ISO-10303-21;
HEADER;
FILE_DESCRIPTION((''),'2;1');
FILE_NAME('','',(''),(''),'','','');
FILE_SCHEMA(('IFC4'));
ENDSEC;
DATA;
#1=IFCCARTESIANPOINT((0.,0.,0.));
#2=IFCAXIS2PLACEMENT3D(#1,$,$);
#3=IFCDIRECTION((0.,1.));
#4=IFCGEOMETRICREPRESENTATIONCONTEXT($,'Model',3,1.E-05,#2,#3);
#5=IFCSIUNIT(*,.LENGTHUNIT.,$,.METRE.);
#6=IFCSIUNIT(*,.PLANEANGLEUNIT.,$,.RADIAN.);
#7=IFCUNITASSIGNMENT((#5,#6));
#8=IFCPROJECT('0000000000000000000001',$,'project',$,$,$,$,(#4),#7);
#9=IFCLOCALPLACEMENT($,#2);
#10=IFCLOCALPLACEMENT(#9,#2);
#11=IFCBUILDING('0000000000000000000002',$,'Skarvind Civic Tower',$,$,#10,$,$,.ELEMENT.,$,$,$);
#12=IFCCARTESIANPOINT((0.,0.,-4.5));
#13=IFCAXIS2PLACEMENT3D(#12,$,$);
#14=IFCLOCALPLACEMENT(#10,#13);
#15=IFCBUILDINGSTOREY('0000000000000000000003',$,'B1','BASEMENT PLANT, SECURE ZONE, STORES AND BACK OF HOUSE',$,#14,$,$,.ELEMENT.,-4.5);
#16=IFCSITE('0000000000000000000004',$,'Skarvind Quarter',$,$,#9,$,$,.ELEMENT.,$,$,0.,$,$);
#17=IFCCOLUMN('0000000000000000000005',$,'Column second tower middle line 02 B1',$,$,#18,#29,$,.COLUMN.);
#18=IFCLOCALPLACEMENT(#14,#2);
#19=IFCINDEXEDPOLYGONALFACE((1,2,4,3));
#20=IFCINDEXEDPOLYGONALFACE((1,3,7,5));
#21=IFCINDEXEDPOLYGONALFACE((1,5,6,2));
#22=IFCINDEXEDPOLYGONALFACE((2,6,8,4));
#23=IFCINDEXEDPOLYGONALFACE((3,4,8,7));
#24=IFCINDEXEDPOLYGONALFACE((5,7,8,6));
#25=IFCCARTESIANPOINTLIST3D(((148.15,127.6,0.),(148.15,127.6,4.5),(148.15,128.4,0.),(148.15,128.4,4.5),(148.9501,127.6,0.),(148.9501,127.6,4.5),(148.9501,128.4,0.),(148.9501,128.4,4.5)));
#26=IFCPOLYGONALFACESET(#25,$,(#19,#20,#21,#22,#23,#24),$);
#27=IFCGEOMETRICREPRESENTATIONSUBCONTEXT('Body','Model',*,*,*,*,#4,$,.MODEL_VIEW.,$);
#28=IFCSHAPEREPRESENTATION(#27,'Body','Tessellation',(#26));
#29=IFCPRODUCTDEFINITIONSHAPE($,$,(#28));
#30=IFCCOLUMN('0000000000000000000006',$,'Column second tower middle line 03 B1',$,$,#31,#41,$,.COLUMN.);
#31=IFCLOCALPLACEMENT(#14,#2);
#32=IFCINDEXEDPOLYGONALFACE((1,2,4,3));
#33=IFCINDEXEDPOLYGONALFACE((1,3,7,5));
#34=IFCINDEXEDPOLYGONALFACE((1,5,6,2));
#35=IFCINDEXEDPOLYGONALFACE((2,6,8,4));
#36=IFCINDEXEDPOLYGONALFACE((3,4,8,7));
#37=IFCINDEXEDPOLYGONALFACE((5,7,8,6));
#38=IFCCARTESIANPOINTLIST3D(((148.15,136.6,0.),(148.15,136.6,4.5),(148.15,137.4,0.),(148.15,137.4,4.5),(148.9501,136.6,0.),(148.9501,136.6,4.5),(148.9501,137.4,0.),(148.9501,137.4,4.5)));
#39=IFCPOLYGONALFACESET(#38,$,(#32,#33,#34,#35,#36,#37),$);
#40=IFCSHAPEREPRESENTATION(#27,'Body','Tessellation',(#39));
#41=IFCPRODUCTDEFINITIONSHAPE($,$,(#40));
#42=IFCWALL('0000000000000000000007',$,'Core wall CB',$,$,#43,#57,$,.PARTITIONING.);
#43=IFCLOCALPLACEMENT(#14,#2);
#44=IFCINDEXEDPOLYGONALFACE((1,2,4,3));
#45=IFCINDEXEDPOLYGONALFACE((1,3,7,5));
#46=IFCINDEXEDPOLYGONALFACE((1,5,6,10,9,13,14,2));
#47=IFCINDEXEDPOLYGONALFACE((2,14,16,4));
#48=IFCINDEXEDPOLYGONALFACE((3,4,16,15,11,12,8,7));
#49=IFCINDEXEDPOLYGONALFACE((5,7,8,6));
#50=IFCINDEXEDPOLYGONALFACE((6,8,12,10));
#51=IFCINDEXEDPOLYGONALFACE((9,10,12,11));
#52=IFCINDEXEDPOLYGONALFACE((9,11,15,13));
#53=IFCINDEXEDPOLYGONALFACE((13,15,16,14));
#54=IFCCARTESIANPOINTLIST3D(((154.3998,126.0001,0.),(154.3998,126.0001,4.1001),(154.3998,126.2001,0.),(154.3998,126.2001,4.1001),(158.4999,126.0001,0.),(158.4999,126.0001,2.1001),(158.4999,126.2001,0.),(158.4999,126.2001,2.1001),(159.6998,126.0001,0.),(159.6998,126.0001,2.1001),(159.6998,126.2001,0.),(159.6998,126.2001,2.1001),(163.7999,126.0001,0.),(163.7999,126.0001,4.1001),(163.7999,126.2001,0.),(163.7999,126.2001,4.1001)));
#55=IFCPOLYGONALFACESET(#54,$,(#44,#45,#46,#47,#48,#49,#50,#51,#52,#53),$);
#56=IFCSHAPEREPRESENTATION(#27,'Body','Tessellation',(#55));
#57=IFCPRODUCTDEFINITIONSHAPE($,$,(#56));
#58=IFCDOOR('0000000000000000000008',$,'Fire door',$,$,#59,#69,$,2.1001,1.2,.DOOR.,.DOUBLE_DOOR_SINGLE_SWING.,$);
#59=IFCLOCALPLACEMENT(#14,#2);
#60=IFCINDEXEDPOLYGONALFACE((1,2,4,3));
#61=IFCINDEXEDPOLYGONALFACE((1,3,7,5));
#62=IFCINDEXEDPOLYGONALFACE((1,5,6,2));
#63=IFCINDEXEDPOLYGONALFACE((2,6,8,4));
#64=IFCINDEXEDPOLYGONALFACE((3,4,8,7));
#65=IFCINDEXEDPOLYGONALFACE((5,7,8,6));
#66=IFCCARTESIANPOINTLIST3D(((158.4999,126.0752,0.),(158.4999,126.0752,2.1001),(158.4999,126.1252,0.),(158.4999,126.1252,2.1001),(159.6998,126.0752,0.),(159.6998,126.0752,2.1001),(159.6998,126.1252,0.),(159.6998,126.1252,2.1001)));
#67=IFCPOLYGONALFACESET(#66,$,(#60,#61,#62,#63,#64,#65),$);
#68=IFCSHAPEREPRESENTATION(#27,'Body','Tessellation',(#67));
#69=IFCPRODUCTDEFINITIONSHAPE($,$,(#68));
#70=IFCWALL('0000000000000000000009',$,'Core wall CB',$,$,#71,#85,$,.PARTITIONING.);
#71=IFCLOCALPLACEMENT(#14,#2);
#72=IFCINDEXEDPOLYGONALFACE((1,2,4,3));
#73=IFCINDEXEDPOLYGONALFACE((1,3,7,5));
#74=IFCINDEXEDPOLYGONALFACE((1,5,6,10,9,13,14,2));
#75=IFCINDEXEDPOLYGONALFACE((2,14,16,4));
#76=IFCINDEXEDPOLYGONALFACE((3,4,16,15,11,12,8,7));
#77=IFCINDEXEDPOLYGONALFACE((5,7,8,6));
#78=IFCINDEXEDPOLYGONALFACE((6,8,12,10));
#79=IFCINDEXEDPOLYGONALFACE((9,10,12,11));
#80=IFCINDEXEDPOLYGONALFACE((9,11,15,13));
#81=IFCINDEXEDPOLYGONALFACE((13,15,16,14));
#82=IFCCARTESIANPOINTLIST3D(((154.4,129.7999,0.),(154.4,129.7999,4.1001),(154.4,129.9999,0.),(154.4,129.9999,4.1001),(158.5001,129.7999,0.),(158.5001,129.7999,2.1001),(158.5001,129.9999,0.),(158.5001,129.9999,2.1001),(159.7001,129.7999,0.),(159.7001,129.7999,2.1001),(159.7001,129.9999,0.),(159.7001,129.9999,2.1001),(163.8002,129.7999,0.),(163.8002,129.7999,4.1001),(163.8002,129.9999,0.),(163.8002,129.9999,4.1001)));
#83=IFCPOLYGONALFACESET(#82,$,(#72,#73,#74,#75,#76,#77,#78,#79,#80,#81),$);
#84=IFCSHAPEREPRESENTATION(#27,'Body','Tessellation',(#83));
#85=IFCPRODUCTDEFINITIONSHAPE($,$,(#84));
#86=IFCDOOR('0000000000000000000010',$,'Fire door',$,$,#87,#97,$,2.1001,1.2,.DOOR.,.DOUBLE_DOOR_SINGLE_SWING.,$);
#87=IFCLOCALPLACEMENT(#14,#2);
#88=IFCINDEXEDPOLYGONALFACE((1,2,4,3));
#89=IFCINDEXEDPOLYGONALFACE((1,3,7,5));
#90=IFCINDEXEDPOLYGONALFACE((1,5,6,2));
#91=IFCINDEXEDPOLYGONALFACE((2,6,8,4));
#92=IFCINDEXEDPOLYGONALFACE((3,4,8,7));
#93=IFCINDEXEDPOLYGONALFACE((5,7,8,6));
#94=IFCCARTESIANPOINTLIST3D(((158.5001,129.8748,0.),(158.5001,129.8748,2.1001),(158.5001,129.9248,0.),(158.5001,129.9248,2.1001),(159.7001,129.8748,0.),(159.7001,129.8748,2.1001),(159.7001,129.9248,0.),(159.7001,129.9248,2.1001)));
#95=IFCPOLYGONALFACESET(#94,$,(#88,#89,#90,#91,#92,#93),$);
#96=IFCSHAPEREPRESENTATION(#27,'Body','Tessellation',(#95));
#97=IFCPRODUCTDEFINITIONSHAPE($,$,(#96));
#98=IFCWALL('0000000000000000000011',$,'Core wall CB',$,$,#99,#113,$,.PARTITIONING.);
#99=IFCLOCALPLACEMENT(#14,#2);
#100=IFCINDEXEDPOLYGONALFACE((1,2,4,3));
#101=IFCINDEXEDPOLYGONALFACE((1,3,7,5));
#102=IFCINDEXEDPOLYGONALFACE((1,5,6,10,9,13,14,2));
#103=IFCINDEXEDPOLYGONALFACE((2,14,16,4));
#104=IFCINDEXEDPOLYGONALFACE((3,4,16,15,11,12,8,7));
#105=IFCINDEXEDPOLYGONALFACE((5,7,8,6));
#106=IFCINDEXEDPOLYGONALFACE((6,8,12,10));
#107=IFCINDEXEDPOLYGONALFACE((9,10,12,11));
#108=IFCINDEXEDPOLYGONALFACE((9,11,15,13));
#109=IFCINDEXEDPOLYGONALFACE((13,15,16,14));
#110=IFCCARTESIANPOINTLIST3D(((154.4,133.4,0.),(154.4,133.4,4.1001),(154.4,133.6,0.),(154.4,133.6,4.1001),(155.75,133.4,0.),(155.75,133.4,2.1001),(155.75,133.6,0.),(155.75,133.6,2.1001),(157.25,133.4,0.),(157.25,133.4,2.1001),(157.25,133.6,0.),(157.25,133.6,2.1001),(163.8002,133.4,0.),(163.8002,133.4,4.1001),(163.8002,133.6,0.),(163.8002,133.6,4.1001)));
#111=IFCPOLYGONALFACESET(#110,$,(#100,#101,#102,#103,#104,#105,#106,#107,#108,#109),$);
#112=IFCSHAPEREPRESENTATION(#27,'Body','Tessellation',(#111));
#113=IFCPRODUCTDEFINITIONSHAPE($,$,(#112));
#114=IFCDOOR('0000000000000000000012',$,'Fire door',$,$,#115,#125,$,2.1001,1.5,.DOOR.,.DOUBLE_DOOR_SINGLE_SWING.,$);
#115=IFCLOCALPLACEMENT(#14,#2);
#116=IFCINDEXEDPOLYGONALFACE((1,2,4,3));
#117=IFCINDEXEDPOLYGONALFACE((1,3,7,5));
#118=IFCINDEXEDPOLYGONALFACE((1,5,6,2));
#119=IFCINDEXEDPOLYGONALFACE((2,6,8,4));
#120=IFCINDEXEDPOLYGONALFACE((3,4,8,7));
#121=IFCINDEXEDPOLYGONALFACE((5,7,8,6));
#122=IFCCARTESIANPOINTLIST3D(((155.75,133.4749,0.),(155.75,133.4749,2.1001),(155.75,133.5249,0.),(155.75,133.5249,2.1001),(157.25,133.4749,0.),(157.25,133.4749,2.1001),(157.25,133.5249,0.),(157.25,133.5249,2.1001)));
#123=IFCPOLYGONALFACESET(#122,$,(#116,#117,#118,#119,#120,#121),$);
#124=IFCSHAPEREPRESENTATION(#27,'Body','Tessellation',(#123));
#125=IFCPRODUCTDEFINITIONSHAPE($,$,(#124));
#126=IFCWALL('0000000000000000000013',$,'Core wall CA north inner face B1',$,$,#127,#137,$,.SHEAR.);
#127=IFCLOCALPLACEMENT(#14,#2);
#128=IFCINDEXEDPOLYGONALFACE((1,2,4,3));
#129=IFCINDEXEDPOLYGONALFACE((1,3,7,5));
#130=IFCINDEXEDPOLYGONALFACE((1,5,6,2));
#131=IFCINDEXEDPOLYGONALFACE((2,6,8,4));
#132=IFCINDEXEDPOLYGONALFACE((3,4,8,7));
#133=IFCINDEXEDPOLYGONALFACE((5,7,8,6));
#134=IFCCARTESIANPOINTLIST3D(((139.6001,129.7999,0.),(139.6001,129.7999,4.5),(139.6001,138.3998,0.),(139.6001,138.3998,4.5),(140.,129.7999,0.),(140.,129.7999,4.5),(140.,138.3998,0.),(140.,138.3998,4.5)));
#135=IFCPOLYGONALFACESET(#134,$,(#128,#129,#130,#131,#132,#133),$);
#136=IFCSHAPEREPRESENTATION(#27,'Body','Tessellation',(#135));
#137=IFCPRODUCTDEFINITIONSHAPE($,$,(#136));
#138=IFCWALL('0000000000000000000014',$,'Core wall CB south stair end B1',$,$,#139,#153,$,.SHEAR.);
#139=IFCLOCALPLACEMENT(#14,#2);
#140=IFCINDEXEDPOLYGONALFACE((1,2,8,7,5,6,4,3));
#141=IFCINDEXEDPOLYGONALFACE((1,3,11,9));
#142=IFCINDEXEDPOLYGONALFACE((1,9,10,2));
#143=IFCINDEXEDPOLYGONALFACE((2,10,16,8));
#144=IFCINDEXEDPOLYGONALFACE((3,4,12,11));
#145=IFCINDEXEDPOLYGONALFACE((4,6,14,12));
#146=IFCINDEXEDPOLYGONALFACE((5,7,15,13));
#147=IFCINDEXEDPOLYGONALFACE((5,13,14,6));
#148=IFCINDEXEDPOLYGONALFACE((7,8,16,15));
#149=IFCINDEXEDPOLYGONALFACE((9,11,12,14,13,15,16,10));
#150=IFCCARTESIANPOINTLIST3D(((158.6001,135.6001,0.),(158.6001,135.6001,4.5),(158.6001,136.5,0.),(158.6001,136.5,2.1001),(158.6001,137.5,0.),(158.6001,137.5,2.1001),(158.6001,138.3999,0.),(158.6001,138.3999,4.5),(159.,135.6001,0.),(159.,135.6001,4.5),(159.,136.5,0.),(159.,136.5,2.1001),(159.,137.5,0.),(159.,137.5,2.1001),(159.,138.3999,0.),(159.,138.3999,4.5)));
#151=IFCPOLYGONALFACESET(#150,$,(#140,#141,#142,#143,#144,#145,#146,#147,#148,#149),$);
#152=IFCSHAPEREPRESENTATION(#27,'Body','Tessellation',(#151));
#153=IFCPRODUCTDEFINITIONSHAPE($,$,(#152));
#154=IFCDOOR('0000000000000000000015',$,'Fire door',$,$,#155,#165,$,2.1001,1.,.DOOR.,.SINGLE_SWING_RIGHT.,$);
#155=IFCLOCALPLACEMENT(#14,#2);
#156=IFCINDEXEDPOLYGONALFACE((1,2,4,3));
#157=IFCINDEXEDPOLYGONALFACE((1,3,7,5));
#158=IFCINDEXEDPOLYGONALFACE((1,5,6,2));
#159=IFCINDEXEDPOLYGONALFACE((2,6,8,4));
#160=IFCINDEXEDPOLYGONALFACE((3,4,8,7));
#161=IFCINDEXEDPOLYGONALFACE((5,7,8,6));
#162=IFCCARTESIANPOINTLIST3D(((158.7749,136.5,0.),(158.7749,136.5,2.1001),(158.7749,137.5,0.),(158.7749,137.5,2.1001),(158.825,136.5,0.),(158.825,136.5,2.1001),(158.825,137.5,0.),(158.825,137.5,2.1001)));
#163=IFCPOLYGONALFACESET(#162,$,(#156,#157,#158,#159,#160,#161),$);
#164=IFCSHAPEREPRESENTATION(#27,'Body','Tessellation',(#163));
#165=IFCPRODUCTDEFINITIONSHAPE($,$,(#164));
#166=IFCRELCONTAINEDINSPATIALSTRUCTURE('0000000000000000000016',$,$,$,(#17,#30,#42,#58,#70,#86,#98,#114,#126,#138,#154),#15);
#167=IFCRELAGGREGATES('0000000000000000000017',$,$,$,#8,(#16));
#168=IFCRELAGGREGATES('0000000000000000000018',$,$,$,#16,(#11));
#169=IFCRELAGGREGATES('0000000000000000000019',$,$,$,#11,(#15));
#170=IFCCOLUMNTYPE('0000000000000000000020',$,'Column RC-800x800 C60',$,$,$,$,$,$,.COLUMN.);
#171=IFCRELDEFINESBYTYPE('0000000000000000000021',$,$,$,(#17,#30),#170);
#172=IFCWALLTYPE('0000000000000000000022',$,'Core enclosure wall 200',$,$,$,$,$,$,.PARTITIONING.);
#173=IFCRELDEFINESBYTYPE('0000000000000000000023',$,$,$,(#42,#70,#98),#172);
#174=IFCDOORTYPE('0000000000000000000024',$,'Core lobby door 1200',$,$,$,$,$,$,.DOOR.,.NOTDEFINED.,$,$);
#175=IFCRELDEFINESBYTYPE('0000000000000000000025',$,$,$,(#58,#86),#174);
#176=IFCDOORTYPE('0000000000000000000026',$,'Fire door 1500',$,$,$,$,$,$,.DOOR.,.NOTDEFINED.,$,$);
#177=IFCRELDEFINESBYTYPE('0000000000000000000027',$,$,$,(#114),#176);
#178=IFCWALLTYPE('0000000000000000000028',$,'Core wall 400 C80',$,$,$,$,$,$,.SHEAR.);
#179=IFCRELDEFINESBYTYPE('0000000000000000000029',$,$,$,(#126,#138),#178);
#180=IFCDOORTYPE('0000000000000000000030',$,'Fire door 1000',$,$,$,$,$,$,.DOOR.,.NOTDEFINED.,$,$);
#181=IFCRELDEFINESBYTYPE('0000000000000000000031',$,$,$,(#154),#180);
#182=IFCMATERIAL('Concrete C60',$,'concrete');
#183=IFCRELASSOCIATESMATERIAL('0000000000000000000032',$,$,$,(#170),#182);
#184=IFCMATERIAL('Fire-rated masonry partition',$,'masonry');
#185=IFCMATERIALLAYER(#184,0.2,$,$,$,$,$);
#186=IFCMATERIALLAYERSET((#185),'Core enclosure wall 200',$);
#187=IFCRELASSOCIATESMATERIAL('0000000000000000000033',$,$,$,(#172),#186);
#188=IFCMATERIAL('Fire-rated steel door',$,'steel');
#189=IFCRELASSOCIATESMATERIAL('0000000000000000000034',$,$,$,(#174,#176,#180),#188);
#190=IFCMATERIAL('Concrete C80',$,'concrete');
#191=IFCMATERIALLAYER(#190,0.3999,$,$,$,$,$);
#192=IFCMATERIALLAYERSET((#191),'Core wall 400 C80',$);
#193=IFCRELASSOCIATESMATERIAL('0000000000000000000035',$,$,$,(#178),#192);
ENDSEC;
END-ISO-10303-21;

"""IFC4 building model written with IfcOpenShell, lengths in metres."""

from ifc_helpers import new_model, si_unit, direction, frame, frame_2d, origin, origin_2d, place, context, subcontext, project, spatial, rectangle, extrude, material, layer, layer_set, material_profile, profile_set, type_object, element, fill, save


model = new_model("IFC4")

# Units and contexts
model_context = context("Model", 3, precision=1e-05, world=origin(), true_north=direction((0.0, 1.0)))
body_context = subcontext(model_context, "Body", "Model", "MODEL_VIEW")
ifc_project = project(units=[si_unit("LENGTHUNIT", "METRE"), si_unit("PLANEANGLEUNIT", "RADIAN")], contexts=[model_context])

# Site, building, storey
site_placement = place(None, origin())
site = spatial("IfcSite", under=ifc_project, at=site_placement, Name="Skarvind Quarter", CompositionType="ELEMENT", RefElevation=0.0)
building_placement = place(site_placement, origin())
building = spatial("IfcBuilding", under=site, at=building_placement, Name="Skarvind Civic Tower", CompositionType="ELEMENT")
storey_placement = place(building_placement, frame((0.0, 0.0, -4.5)))
storey = spatial("IfcBuildingStorey", under=building, at=storey_placement, Name="B1", Description="BASEMENT PLANT, SECURE ZONE, STORES AND BACK OF HOUSE", CompositionType="ELEMENT", Elevation=-4.5)

# Columns
ifc_material_1 = material(Name="Concrete C60", Category="concrete")
ifc_material_profile = material_profile(ifc_material_1, rectangle(XDim=0.8, YDim=0.8, at=origin_2d()), Name="RC-800x800")
ifc_profile_set = profile_set([ifc_material_profile], Name="Concrete C60")
column_type = type_object("IfcColumnType", Name="Column RC-800x800 C60", PredefinedType="COLUMN", material=ifc_profile_set)
for number, where, z_axis, x_axis, name in (
    (1, (148.55, 128.0, 0.0), (0.0, 0.0, 1.0), (1.0, 0.0, 0.0), "Column second tower middle line 02 B1"),
    (2, (148.55, 137.0, 0.0), (0.0, 0.0, 1.0), (1.0, 0.0, 0.0), "Column second tower middle line 03 B1"),
):
    element("IfcColumn", number, at=place(storey_placement, frame(where, z_axis=z_axis, x_axis=x_axis)), inside=storey, type_object=column_type, Name=name, PredefinedType="COLUMN", context=body_context, shape_type="SweptSolid", body=[
        extrude(rectangle(XDim=0.8, YDim=0.8, at=origin_2d()), origin(), (0.0, 0.0, 1.0), 4.5),
    ])

# Walls, openings, doors
ifc_material_2 = material(Name="Fire-rated masonry partition", Category="masonry")
ifc_layer_1 = layer(ifc_material_2, 0.2)
ifc_layer_set_1 = layer_set([ifc_layer_1], Name="Core enclosure wall 200")
wall_type_1 = type_object("IfcWallType", Name="Core enclosure wall 200", PredefinedType="PARTITIONING", material=ifc_layer_set_1)
wall_1_placement = place(storey_placement, frame((163.8, 126.1001, 0.0), z_axis=(0.0, 0.0, 1.0), x_axis=(-1.0, 0.0, 0.0)))
wall_1 = element("IfcWall", 3, at=wall_1_placement, inside=storey, type_object=wall_type_1, Name="Core wall CB", PredefinedType="PARTITIONING", context=body_context, shape_type="SweptSolid", body=[
    extrude(rectangle(XDim=9.4001, YDim=0.2, at=frame_2d((4.7002, 0.0))), origin(), (0.0, 0.0, 1.0), 4.1001),
])
opening_1_placement = place(wall_1_placement, frame((4.1001, 0.0, 0.0)))
opening_1 = element("IfcOpeningElement", 4, at=opening_1_placement, cuts=wall_1, PredefinedType="OPENING", context=body_context, shape_type="SweptSolid", body=[
    extrude(rectangle(XDim=1.2, YDim=2.1001, at=frame_2d((0.6001, 1.05))), frame((0.0, 0.1099, 0.0), z_axis=(0.0, -1.0, 0.0), x_axis=(1.0, 0.0, 0.0)), (0.0, 0.0, 1.0), 0.22),
])
ifc_material_3 = material(Name="Fire-rated steel door", Category="steel")
door_type_1 = type_object("IfcDoorType", Name="Core lobby door 1200", OperationType="NOTDEFINED", PredefinedType="DOOR", material=ifc_material_3)
door_1_placement = place(opening_1_placement, origin())
door_1 = element("IfcDoor", 5, at=door_1_placement, inside=storey, type_object=door_type_1, Name="Fire door", OperationType="DOUBLE_DOOR_SINGLE_SWING", OverallHeight=2.1001, OverallWidth=1.2, PredefinedType="DOOR", context=body_context, shape_type="SweptSolid", body=[
    extrude(rectangle(XDim=1.2, YDim=2.1001, at=frame_2d((0.6001, 1.05))), frame((0.0, 0.0249, 0.0), z_axis=(0.0, -1.0, 0.0), x_axis=(1.0, 0.0, 0.0)), (0.0, 0.0, 1.0), 0.05),
])
fill(opening_1, door_1)
wall_2_placement = place(storey_placement, frame((154.3999, 129.8999, 0.0), z_axis=(0.0, 0.0, 1.0), x_axis=(1.0, 0.0, 0.0)))
wall_2 = element("IfcWall", 6, at=wall_2_placement, inside=storey, type_object=wall_type_1, Name="Core wall CB", PredefinedType="PARTITIONING", context=body_context, shape_type="SweptSolid", body=[
    extrude(rectangle(XDim=9.4001, YDim=0.2, at=frame_2d((4.7002, 0.0))), origin(), (0.0, 0.0, 1.0), 4.1001),
])
opening_2_placement = place(wall_2_placement, frame((4.1001, 0.0, 0.0)))
opening_2 = element("IfcOpeningElement", 7, at=opening_2_placement, cuts=wall_2, PredefinedType="OPENING", context=body_context, shape_type="SweptSolid", body=[
    extrude(rectangle(XDim=1.2, YDim=2.1001, at=frame_2d((0.6001, 1.05))), frame((0.0, 0.1099, 0.0), z_axis=(0.0, -1.0, 0.0), x_axis=(1.0, 0.0, 0.0)), (0.0, 0.0, 1.0), 0.22),
])
door_2_placement = place(opening_2_placement, origin())
door_2 = element("IfcDoor", 8, at=door_2_placement, inside=storey, type_object=door_type_1, Name="Fire door", OperationType="DOUBLE_DOOR_SINGLE_SWING", OverallHeight=2.1001, OverallWidth=1.2, PredefinedType="DOOR", context=body_context, shape_type="SweptSolid", body=[
    extrude(rectangle(XDim=1.2, YDim=2.1001, at=frame_2d((0.6001, 1.05))), frame((0.0, 0.0249, 0.0), z_axis=(0.0, -1.0, 0.0), x_axis=(1.0, 0.0, 0.0)), (0.0, 0.0, 1.0), 0.05),
])
fill(opening_2, door_2)
wall_3_placement = place(storey_placement, frame((154.3999, 133.5, 0.0), z_axis=(0.0, 0.0, 1.0), x_axis=(1.0, 0.0, 0.0)))
wall_3 = element("IfcWall", 9, at=wall_3_placement, inside=storey, type_object=wall_type_1, Name="Core wall CB", PredefinedType="PARTITIONING", context=body_context, shape_type="SweptSolid", body=[
    extrude(rectangle(XDim=9.4001, YDim=0.2, at=frame_2d((4.7002, 0.0))), origin(), (0.0, 0.0, 1.0), 4.1001),
])
opening_3_placement = place(wall_3_placement, frame((1.3501, 0.0, 0.0)))
opening_3 = element("IfcOpeningElement", 10, at=opening_3_placement, cuts=wall_3, PredefinedType="OPENING", context=body_context, shape_type="SweptSolid", body=[
    extrude(rectangle(XDim=1.5, YDim=2.1001, at=frame_2d((0.75, 1.05))), frame((0.0, 0.1099, 0.0), z_axis=(0.0, -1.0, 0.0), x_axis=(1.0, 0.0, 0.0)), (0.0, 0.0, 1.0), 0.22),
])
door_type_2 = type_object("IfcDoorType", Name="Fire door 1500", OperationType="NOTDEFINED", PredefinedType="DOOR", material=ifc_material_3)
door_3_placement = place(opening_3_placement, origin())
door_3 = element("IfcDoor", 11, at=door_3_placement, inside=storey, type_object=door_type_2, Name="Fire door", OperationType="DOUBLE_DOOR_SINGLE_SWING", OverallHeight=2.1001, OverallWidth=1.5, PredefinedType="DOOR", context=body_context, shape_type="SweptSolid", body=[
    extrude(rectangle(XDim=1.5, YDim=2.1001, at=frame_2d((0.75, 1.05))), frame((0.0, 0.0249, 0.0), z_axis=(0.0, -1.0, 0.0), x_axis=(1.0, 0.0, 0.0)), (0.0, 0.0, 1.0), 0.05),
])
fill(opening_3, door_3)

# Wall
ifc_material_4 = material(Name="Concrete C80", Category="concrete")
ifc_layer_2 = layer(ifc_material_4, 0.3999)
ifc_layer_set_2 = layer_set([ifc_layer_2], Name="Core wall 400 C80")
wall_type_2 = type_object("IfcWallType", Name="Core wall 400 C80", PredefinedType="SHEAR", material=ifc_layer_set_2)
wall_4_placement = place(storey_placement, frame((139.8, 129.8, 0.0), z_axis=(0.0, 0.0, 1.0), x_axis=(0.0, 1.0, 0.0)))
element("IfcWall", 12, at=wall_4_placement, inside=storey, type_object=wall_type_2, Name="Core wall CA north inner face B1", PredefinedType="SHEAR", context=body_context, shape_type="SweptSolid", body=[
    extrude(rectangle(XDim=8.5999, YDim=0.3999, at=frame_2d((4.2998, 0.0))), origin(), (0.0, 0.0, 1.0), 4.5),
])

# Wall, opening, door
wall_5_placement = place(storey_placement, frame((158.8, 138.3999, 0.0), z_axis=(0.0, 0.0, 1.0), x_axis=(0.0, -1.0, 0.0)))
wall_5 = element("IfcWall", 13, at=wall_5_placement, inside=storey, type_object=wall_type_2, Name="Core wall CB south stair end B1", PredefinedType="SHEAR", context=body_context, shape_type="SweptSolid", body=[
    extrude(rectangle(XDim=2.7998, YDim=0.3999, at=frame_2d((1.3999, 0.0))), origin(), (0.0, 0.0, 1.0), 4.5),
])
opening_4_placement = place(wall_5_placement, frame((0.8999, 0.0, 0.0)))
opening_4 = element("IfcOpeningElement", 14, at=opening_4_placement, cuts=wall_5, PredefinedType="OPENING", context=body_context, shape_type="SweptSolid", body=[
    extrude(rectangle(XDim=1.0, YDim=2.1001, at=frame_2d((0.5, 1.05))), frame((0.0, 0.21, 0.0), z_axis=(0.0, -1.0, 0.0), x_axis=(1.0, 0.0, 0.0)), (0.0, 0.0, 1.0), 0.4199),
])
door_type_3 = type_object("IfcDoorType", Name="Fire door 1000", OperationType="NOTDEFINED", PredefinedType="DOOR", material=ifc_material_3)
door_4_placement = place(opening_4_placement, origin())
door_4 = element("IfcDoor", 15, at=door_4_placement, inside=storey, type_object=door_type_3, Name="Fire door", OperationType="SINGLE_SWING_RIGHT", OverallHeight=2.1001, OverallWidth=1.0, PredefinedType="DOOR", context=body_context, shape_type="SweptSolid", body=[
    extrude(rectangle(XDim=1.0, YDim=2.1001, at=frame_2d((0.5, 1.05))), frame((0.0, 0.0249, 0.0), z_axis=(0.0, -1.0, 0.0), x_axis=(1.0, 0.0, 0.0)), (0.0, 0.0, 1.0), 0.05),
])
fill(opening_4, door_4)

save(model, "model.ifc")
